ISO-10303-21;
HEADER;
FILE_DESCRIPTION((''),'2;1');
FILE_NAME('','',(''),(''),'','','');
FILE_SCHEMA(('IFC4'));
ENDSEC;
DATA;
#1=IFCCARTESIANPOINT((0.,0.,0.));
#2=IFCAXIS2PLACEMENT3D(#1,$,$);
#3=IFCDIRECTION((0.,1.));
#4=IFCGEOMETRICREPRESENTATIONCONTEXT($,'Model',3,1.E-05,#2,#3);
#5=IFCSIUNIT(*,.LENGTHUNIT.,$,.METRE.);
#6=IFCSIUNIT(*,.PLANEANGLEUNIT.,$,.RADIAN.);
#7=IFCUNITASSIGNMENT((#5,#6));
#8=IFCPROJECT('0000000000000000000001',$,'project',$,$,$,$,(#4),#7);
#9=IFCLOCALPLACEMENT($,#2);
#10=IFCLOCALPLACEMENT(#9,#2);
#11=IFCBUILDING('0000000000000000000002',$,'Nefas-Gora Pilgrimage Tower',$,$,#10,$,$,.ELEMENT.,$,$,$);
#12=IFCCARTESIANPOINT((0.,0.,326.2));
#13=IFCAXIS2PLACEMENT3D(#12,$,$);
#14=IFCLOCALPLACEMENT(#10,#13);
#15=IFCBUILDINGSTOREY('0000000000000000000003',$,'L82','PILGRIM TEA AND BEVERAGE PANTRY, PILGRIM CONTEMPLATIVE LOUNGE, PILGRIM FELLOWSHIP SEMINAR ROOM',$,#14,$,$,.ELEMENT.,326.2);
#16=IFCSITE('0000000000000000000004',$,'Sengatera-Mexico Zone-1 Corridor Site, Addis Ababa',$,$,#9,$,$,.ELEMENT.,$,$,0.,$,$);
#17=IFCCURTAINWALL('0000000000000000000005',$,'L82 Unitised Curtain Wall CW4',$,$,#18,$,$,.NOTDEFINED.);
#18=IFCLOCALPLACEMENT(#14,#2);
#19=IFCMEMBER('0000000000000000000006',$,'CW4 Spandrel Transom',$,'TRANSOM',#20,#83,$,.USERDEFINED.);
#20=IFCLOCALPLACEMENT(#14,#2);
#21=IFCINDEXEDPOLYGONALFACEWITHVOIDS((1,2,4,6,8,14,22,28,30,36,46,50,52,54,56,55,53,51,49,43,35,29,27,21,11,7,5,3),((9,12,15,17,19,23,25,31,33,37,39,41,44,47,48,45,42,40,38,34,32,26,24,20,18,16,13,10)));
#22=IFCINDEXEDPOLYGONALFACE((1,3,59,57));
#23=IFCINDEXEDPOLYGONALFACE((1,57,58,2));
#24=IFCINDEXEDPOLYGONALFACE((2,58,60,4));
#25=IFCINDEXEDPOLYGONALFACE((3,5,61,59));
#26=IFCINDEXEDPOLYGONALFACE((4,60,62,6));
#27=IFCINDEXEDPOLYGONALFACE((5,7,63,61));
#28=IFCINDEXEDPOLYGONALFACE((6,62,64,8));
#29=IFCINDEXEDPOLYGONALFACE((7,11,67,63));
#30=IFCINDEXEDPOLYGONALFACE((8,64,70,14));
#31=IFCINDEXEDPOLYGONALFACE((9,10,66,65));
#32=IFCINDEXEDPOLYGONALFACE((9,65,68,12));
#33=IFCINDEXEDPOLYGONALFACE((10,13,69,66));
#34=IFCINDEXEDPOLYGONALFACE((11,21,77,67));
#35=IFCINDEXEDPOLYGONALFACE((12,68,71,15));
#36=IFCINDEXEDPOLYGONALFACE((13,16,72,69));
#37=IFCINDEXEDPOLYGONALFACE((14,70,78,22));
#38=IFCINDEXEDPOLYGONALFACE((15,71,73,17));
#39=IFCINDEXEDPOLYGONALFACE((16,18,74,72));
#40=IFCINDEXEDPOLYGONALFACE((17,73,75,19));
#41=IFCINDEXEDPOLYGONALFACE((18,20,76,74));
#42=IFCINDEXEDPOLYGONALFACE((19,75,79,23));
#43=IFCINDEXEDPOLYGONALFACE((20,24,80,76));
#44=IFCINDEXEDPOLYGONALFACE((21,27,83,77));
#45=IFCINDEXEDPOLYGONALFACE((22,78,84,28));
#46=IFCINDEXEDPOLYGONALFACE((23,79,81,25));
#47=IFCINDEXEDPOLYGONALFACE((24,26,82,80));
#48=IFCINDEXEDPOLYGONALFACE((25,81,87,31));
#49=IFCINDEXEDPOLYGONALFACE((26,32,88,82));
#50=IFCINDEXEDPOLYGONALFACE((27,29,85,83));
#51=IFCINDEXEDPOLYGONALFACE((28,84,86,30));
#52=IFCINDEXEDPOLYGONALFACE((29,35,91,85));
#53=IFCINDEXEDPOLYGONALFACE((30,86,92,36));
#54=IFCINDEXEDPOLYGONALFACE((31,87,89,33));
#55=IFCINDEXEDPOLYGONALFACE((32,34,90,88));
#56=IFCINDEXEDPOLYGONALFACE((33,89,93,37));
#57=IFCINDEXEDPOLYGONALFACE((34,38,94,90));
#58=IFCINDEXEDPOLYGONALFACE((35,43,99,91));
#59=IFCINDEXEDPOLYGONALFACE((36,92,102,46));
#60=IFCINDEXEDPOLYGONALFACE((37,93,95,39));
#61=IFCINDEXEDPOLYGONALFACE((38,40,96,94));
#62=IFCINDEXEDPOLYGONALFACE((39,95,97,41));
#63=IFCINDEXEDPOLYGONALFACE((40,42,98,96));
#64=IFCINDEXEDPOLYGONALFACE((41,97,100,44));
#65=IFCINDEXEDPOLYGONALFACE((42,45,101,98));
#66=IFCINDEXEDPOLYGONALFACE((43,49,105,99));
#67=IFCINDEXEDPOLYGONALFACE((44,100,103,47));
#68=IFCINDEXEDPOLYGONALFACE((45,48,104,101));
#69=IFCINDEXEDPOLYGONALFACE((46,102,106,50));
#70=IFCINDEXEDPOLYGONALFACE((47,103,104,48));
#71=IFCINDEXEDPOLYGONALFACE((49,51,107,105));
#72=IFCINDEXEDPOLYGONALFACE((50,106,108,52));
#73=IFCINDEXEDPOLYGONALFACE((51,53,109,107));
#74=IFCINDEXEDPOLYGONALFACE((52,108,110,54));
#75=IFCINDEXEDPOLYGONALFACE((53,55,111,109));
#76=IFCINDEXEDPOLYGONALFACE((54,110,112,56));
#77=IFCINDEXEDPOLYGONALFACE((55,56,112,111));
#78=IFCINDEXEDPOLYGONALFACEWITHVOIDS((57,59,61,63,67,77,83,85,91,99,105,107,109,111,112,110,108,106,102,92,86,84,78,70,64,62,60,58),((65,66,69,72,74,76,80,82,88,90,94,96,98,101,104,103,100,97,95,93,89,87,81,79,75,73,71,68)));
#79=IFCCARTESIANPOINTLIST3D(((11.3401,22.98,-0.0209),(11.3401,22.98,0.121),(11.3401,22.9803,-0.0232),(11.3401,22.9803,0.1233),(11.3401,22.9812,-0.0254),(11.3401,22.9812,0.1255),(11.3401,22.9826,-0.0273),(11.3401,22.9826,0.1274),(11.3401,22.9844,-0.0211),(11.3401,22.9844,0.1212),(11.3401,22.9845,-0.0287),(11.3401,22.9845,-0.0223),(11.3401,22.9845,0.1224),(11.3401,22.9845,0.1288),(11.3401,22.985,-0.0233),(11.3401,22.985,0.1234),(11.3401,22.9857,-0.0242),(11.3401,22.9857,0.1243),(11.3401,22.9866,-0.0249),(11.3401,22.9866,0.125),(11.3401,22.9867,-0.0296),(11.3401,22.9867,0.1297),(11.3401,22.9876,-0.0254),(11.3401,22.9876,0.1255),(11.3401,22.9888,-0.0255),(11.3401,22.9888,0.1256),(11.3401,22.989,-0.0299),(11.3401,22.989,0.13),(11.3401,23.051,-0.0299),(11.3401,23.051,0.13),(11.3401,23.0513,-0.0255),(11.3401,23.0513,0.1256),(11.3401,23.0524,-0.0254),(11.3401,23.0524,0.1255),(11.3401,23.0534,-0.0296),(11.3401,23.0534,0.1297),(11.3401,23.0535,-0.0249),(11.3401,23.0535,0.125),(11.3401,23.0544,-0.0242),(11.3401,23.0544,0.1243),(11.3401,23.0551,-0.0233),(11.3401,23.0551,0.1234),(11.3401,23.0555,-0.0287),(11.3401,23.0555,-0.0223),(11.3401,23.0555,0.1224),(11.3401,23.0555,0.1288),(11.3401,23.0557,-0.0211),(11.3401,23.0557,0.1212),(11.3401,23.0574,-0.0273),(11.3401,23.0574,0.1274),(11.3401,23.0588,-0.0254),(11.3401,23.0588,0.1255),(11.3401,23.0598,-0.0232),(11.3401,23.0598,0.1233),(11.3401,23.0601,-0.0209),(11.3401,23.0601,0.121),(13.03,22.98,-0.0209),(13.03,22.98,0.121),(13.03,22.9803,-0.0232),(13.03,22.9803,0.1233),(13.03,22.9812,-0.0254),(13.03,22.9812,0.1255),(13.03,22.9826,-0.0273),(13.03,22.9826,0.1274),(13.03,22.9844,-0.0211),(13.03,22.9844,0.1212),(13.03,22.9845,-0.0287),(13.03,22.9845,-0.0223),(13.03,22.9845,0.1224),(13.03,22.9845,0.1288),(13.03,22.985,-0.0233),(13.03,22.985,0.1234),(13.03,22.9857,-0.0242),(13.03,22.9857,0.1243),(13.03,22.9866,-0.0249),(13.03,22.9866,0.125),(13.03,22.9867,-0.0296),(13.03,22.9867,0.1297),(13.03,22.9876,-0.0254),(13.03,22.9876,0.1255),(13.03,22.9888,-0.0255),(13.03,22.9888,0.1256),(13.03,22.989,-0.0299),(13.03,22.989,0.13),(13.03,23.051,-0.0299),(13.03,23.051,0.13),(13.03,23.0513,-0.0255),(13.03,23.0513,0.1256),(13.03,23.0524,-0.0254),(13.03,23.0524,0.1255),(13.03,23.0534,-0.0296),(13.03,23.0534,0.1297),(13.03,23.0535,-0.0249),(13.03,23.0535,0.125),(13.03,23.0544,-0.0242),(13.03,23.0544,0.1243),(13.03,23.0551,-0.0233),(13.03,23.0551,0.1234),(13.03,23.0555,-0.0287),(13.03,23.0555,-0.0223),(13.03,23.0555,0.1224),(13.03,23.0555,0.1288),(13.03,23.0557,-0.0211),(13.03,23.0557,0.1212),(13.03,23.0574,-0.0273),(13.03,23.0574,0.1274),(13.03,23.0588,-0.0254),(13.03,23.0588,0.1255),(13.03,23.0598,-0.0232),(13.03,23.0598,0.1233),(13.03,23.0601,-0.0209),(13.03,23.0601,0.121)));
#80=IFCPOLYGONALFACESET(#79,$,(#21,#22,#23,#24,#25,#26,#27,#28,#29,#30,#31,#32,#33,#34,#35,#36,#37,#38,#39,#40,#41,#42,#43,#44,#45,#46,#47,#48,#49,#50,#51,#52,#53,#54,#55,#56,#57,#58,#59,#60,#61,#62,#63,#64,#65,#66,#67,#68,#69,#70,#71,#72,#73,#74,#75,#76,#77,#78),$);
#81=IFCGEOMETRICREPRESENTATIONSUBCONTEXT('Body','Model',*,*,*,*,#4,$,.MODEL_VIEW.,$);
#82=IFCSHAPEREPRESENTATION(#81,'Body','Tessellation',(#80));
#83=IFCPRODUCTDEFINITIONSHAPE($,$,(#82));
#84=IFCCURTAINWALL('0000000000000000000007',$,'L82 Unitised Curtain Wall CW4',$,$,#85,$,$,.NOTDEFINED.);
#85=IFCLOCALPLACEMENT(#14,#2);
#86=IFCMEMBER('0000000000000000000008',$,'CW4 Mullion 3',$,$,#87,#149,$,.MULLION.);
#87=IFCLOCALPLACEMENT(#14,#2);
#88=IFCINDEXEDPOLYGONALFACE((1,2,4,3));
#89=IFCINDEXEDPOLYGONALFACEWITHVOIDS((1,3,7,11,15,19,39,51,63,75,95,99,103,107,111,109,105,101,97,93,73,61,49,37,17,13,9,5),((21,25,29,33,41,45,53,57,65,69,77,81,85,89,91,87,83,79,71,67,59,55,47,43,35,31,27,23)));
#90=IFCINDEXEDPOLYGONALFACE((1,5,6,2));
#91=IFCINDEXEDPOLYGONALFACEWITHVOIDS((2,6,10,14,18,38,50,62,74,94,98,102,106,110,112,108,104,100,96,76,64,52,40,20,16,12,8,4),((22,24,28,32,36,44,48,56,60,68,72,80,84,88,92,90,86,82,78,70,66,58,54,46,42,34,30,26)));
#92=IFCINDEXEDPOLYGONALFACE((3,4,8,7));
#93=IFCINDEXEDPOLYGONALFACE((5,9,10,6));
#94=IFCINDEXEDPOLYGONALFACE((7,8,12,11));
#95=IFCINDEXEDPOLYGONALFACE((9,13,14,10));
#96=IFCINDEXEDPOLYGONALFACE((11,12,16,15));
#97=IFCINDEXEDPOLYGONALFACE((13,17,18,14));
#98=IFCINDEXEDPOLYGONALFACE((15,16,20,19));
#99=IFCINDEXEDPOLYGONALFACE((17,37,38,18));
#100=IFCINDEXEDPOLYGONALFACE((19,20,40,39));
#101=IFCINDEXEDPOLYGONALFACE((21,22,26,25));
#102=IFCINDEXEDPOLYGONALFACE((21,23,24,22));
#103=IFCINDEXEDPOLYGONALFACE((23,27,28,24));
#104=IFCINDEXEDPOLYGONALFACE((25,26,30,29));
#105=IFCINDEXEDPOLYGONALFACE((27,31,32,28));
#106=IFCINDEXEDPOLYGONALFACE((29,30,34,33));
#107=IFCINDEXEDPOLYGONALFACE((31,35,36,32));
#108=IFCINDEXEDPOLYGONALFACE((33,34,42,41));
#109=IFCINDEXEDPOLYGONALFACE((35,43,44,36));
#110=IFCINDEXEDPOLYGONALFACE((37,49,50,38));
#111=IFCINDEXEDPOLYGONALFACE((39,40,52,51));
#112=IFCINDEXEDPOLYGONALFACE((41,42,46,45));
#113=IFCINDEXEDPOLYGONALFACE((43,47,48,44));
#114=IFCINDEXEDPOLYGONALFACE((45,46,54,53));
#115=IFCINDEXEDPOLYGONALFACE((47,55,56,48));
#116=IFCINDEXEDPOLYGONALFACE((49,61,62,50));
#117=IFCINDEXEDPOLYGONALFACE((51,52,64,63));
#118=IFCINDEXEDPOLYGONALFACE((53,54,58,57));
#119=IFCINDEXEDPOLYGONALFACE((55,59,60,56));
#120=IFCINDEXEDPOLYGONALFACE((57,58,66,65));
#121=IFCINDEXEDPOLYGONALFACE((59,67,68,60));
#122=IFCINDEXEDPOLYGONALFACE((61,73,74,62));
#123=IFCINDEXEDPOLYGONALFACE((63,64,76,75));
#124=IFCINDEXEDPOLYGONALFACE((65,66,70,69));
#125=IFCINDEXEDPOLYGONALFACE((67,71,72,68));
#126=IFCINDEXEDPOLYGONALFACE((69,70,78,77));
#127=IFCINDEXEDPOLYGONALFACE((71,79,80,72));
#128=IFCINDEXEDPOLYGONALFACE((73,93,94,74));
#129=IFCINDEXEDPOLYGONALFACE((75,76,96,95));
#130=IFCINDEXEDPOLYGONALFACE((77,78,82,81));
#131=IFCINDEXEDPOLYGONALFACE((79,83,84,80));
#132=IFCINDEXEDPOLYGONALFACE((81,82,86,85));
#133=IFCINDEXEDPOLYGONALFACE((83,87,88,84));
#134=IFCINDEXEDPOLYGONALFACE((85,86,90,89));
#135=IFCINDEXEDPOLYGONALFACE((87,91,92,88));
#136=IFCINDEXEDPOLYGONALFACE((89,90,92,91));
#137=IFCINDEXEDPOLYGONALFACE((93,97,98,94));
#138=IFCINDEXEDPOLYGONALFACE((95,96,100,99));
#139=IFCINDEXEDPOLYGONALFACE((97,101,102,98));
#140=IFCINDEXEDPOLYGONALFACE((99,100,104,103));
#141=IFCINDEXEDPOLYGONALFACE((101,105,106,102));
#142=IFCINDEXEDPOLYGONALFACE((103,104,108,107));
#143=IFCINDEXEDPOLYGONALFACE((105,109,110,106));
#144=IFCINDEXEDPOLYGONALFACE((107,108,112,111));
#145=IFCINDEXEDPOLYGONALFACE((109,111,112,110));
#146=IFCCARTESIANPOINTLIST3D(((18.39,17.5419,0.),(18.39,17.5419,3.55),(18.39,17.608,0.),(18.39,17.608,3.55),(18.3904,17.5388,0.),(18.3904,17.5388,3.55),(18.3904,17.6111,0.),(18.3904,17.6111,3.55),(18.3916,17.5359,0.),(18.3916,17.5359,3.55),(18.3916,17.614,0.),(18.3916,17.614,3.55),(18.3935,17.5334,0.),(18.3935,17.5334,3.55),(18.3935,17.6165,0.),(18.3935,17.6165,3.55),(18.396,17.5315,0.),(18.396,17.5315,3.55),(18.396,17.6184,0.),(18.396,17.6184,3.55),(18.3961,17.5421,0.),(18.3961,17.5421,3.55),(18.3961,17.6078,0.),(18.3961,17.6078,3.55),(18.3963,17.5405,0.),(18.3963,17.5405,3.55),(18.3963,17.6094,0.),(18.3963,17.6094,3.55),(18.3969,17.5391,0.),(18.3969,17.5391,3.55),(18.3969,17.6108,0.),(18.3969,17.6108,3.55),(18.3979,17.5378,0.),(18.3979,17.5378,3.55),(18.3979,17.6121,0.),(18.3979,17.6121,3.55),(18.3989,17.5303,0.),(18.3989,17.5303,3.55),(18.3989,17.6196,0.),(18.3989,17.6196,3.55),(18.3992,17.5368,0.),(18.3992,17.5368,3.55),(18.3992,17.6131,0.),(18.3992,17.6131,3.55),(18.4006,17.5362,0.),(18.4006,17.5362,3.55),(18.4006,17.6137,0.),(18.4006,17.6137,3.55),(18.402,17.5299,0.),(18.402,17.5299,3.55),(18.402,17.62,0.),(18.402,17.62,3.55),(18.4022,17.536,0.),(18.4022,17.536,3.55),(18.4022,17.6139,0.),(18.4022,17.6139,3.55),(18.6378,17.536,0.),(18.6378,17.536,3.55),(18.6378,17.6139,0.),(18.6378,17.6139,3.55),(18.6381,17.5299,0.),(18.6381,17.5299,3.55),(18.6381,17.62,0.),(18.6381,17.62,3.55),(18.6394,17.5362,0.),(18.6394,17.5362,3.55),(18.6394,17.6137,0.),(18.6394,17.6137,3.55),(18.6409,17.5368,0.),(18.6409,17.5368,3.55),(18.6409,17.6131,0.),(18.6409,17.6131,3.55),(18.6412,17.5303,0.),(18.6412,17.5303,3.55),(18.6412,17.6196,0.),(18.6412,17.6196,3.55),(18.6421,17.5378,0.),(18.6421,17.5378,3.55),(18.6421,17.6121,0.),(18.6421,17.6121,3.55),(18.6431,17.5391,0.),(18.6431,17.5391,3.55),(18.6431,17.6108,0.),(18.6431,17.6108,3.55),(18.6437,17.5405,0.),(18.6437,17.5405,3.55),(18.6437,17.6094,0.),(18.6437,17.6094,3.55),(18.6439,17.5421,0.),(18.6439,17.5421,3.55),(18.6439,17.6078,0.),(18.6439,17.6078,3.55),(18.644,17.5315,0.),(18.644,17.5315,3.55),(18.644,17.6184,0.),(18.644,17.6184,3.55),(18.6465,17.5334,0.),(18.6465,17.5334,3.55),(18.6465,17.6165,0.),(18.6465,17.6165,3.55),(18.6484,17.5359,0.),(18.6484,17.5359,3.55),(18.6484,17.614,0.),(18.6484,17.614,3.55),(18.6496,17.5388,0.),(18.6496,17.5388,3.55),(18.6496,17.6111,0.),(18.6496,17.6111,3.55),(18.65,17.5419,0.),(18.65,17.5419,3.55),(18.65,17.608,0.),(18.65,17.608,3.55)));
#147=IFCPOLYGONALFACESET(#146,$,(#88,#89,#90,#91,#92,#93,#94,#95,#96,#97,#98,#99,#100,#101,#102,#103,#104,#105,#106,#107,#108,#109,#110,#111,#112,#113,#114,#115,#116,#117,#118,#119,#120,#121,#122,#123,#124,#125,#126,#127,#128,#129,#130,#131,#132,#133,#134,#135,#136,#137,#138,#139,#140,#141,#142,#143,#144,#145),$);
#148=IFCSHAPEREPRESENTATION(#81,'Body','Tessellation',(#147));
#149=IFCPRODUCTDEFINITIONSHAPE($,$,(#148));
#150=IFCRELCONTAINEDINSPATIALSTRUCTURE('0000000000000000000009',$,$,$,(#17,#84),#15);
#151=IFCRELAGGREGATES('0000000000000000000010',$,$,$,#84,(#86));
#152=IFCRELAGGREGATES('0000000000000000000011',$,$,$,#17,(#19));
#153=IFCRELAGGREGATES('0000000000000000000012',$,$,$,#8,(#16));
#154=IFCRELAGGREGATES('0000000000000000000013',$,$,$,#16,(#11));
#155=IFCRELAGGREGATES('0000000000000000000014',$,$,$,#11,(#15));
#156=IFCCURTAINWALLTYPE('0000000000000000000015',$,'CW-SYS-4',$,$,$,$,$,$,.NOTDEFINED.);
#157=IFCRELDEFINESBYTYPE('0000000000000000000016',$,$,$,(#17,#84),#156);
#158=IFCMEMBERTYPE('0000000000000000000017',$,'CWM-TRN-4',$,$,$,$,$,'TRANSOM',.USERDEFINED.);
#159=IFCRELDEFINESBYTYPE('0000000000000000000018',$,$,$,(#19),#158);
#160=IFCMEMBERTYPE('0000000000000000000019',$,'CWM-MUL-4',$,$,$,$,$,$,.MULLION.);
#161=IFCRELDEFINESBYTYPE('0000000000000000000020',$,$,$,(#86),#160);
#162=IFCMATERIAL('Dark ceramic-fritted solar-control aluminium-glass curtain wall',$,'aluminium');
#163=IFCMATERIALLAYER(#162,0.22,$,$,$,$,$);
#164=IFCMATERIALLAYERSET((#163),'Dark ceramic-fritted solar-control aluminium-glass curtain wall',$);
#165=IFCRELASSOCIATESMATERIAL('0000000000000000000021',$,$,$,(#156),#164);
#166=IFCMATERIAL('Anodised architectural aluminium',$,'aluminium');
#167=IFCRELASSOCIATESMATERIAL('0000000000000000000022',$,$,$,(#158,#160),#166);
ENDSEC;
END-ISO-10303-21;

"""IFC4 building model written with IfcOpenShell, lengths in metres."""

from ifc_helpers import new_model, si_unit, direction, frame, origin, origin_2d, place, context, subcontext, project, spatial, hollow_rectangle, extrude, source, transform, mapped, material, layer, layer_set, material_profile, profile_set, type_object, element, aggregate, save


model = new_model("IFC4")

# Units and contexts
model_context = context("Model", 3, precision=1e-05, world=origin(), true_north=direction((0.0, 1.0)))
body_context = subcontext(model_context, "Body", "Model", "MODEL_VIEW")
ifc_project = project(units=[si_unit("LENGTHUNIT", "METRE"), si_unit("PLANEANGLEUNIT", "RADIAN")], contexts=[model_context])

# Site, building, storey
site_placement = place(None, origin())
site = spatial("IfcSite", under=ifc_project, at=site_placement, Name="Sengatera-Mexico Zone-1 Corridor Site, Addis Ababa", CompositionType="ELEMENT", RefElevation=0.0)
building_placement = place(site_placement, origin())
building = spatial("IfcBuilding", under=site, at=building_placement, Name="Nefas-Gora Pilgrimage Tower", CompositionType="ELEMENT")
storey_placement = place(building_placement, frame((0.0, 0.0, 326.2)))
storey = spatial("IfcBuildingStorey", under=building, at=storey_placement, Name="L82", Description="PILGRIM TEA AND BEVERAGE PANTRY, PILGRIM CONTEMPLATIVE LOUNGE, PILGRIM FELLOWSHIP SEMINAR ROOM", CompositionType="ELEMENT", Elevation=326.2)

# Shared definitions
ifc_material_1 = material(Name="Dark ceramic-fritted solar-control aluminium-glass curtain wall", Category="aluminium")
ifc_material_2 = material(Name="Anodised architectural aluminium", Category="aluminium")

# Curtain walls, members
ifc_layer_1 = layer(ifc_material_1, 0.22)
ifc_layer_set_1 = layer_set([ifc_layer_1], Name="Dark ceramic-fritted solar-control aluminium-glass curtain wall")
curtain_wall_type_1 = type_object("IfcCurtainWallType", Name="CW-SYS-4", PredefinedType="NOTDEFINED", material=ifc_layer_set_1)
curtain_wall_1_placement = place(storey_placement, origin())
curtain_wall_1 = element("IfcCurtainWall", 1, at=curtain_wall_1_placement, inside=storey, type_object=curtain_wall_type_1, Name="L82 Unitised Curtain Wall CW4", PredefinedType="NOTDEFINED")
ifc_material_profile_1 = material_profile(ifc_material_2, hollow_rectangle(XDim=0.0801, YDim=0.1599, WallThickness=0.0044, InnerFilletRadius=0.0044, OuterFilletRadius=0.009, at=origin_2d()), Name="ALU TRANSOM 80x160")
ifc_profile_set_1 = profile_set([ifc_material_profile_1], Name="Anodised architectural aluminium")
member_type_1 = type_object("IfcMemberType", Name="CWM-TRN-4", ElementType="TRANSOM", PredefinedType="USERDEFINED", material=ifc_profile_set_1)
shared_shape_1 = source(origin(), body_context, "Body", "SweptSolid", [
    extrude(hollow_rectangle(XDim=0.0801, YDim=0.1599, WallThickness=0.0044, InnerFilletRadius=0.0044, OuterFilletRadius=0.009, at=origin_2d()), origin(), (0.0, 0.0, 1.0), 1.6899),
])
member_1_placement = place(storey_placement, frame((13.03, 23.02, 0.05), z_axis=(-1.0, 0.0, 0.0), x_axis=(0.0, -1.0, 0.0)))
member_1 = element("IfcMember", 2, at=member_1_placement, type_object=member_type_1, Name="CW4 Spandrel Transom", ObjectType="TRANSOM", PredefinedType="USERDEFINED", context=body_context, shape_type="MappedRepresentation", body=[
    mapped(shared_shape_1, transform((0.0, 0.0, 0.0), x_axis=(1.0, 0.0, 0.0), y_axis=(0.0, 1.0, 0.0), z_axis=(0.0, 0.0, 1.0), scale=1.0)),
])
curtain_wall_2_placement = place(storey_placement, origin())
curtain_wall_2 = element("IfcCurtainWall", 3, at=curtain_wall_2_placement, inside=storey, type_object=curtain_wall_type_1, Name="L82 Unitised Curtain Wall CW4", PredefinedType="NOTDEFINED")
ifc_material_profile_2 = material_profile(ifc_material_2, hollow_rectangle(XDim=0.0901, YDim=0.26, WallThickness=0.0061, InnerFilletRadius=0.0061, OuterFilletRadius=0.012, at=origin_2d()), Name="ALU MULLION 90x260")
ifc_profile_set_2 = profile_set([ifc_material_profile_2], Name="Anodised architectural aluminium")
member_type_2 = type_object("IfcMemberType", Name="CWM-MUL-4", PredefinedType="MULLION", material=ifc_profile_set_2)
shared_shape_2 = source(origin(), body_context, "Body", "SweptSolid", [
    extrude(hollow_rectangle(XDim=0.0901, YDim=0.26, WallThickness=0.0061, InnerFilletRadius=0.0061, OuterFilletRadius=0.012, at=origin_2d()), origin(), (0.0, 0.0, 1.0), 3.55),
])
member_2_placement = place(storey_placement, frame((18.52, 17.575, 0.0), z_axis=(0.0, 0.0, 1.0), x_axis=(0.0, 1.0, 0.0)))
member_2 = element("IfcMember", 4, at=member_2_placement, type_object=member_type_2, Name="CW4 Mullion 3", PredefinedType="MULLION", context=body_context, shape_type="MappedRepresentation", body=[
    mapped(shared_shape_2, transform((0.0, 0.0, 0.0), x_axis=(1.0, 0.0, 0.0), y_axis=(0.0, 1.0, 0.0), z_axis=(0.0, 0.0, 1.0), scale=1.0)),
])
aggregate(curtain_wall_2, [member_2])

aggregate(curtain_wall_1, [member_1])

save(model, "model.ifc")
